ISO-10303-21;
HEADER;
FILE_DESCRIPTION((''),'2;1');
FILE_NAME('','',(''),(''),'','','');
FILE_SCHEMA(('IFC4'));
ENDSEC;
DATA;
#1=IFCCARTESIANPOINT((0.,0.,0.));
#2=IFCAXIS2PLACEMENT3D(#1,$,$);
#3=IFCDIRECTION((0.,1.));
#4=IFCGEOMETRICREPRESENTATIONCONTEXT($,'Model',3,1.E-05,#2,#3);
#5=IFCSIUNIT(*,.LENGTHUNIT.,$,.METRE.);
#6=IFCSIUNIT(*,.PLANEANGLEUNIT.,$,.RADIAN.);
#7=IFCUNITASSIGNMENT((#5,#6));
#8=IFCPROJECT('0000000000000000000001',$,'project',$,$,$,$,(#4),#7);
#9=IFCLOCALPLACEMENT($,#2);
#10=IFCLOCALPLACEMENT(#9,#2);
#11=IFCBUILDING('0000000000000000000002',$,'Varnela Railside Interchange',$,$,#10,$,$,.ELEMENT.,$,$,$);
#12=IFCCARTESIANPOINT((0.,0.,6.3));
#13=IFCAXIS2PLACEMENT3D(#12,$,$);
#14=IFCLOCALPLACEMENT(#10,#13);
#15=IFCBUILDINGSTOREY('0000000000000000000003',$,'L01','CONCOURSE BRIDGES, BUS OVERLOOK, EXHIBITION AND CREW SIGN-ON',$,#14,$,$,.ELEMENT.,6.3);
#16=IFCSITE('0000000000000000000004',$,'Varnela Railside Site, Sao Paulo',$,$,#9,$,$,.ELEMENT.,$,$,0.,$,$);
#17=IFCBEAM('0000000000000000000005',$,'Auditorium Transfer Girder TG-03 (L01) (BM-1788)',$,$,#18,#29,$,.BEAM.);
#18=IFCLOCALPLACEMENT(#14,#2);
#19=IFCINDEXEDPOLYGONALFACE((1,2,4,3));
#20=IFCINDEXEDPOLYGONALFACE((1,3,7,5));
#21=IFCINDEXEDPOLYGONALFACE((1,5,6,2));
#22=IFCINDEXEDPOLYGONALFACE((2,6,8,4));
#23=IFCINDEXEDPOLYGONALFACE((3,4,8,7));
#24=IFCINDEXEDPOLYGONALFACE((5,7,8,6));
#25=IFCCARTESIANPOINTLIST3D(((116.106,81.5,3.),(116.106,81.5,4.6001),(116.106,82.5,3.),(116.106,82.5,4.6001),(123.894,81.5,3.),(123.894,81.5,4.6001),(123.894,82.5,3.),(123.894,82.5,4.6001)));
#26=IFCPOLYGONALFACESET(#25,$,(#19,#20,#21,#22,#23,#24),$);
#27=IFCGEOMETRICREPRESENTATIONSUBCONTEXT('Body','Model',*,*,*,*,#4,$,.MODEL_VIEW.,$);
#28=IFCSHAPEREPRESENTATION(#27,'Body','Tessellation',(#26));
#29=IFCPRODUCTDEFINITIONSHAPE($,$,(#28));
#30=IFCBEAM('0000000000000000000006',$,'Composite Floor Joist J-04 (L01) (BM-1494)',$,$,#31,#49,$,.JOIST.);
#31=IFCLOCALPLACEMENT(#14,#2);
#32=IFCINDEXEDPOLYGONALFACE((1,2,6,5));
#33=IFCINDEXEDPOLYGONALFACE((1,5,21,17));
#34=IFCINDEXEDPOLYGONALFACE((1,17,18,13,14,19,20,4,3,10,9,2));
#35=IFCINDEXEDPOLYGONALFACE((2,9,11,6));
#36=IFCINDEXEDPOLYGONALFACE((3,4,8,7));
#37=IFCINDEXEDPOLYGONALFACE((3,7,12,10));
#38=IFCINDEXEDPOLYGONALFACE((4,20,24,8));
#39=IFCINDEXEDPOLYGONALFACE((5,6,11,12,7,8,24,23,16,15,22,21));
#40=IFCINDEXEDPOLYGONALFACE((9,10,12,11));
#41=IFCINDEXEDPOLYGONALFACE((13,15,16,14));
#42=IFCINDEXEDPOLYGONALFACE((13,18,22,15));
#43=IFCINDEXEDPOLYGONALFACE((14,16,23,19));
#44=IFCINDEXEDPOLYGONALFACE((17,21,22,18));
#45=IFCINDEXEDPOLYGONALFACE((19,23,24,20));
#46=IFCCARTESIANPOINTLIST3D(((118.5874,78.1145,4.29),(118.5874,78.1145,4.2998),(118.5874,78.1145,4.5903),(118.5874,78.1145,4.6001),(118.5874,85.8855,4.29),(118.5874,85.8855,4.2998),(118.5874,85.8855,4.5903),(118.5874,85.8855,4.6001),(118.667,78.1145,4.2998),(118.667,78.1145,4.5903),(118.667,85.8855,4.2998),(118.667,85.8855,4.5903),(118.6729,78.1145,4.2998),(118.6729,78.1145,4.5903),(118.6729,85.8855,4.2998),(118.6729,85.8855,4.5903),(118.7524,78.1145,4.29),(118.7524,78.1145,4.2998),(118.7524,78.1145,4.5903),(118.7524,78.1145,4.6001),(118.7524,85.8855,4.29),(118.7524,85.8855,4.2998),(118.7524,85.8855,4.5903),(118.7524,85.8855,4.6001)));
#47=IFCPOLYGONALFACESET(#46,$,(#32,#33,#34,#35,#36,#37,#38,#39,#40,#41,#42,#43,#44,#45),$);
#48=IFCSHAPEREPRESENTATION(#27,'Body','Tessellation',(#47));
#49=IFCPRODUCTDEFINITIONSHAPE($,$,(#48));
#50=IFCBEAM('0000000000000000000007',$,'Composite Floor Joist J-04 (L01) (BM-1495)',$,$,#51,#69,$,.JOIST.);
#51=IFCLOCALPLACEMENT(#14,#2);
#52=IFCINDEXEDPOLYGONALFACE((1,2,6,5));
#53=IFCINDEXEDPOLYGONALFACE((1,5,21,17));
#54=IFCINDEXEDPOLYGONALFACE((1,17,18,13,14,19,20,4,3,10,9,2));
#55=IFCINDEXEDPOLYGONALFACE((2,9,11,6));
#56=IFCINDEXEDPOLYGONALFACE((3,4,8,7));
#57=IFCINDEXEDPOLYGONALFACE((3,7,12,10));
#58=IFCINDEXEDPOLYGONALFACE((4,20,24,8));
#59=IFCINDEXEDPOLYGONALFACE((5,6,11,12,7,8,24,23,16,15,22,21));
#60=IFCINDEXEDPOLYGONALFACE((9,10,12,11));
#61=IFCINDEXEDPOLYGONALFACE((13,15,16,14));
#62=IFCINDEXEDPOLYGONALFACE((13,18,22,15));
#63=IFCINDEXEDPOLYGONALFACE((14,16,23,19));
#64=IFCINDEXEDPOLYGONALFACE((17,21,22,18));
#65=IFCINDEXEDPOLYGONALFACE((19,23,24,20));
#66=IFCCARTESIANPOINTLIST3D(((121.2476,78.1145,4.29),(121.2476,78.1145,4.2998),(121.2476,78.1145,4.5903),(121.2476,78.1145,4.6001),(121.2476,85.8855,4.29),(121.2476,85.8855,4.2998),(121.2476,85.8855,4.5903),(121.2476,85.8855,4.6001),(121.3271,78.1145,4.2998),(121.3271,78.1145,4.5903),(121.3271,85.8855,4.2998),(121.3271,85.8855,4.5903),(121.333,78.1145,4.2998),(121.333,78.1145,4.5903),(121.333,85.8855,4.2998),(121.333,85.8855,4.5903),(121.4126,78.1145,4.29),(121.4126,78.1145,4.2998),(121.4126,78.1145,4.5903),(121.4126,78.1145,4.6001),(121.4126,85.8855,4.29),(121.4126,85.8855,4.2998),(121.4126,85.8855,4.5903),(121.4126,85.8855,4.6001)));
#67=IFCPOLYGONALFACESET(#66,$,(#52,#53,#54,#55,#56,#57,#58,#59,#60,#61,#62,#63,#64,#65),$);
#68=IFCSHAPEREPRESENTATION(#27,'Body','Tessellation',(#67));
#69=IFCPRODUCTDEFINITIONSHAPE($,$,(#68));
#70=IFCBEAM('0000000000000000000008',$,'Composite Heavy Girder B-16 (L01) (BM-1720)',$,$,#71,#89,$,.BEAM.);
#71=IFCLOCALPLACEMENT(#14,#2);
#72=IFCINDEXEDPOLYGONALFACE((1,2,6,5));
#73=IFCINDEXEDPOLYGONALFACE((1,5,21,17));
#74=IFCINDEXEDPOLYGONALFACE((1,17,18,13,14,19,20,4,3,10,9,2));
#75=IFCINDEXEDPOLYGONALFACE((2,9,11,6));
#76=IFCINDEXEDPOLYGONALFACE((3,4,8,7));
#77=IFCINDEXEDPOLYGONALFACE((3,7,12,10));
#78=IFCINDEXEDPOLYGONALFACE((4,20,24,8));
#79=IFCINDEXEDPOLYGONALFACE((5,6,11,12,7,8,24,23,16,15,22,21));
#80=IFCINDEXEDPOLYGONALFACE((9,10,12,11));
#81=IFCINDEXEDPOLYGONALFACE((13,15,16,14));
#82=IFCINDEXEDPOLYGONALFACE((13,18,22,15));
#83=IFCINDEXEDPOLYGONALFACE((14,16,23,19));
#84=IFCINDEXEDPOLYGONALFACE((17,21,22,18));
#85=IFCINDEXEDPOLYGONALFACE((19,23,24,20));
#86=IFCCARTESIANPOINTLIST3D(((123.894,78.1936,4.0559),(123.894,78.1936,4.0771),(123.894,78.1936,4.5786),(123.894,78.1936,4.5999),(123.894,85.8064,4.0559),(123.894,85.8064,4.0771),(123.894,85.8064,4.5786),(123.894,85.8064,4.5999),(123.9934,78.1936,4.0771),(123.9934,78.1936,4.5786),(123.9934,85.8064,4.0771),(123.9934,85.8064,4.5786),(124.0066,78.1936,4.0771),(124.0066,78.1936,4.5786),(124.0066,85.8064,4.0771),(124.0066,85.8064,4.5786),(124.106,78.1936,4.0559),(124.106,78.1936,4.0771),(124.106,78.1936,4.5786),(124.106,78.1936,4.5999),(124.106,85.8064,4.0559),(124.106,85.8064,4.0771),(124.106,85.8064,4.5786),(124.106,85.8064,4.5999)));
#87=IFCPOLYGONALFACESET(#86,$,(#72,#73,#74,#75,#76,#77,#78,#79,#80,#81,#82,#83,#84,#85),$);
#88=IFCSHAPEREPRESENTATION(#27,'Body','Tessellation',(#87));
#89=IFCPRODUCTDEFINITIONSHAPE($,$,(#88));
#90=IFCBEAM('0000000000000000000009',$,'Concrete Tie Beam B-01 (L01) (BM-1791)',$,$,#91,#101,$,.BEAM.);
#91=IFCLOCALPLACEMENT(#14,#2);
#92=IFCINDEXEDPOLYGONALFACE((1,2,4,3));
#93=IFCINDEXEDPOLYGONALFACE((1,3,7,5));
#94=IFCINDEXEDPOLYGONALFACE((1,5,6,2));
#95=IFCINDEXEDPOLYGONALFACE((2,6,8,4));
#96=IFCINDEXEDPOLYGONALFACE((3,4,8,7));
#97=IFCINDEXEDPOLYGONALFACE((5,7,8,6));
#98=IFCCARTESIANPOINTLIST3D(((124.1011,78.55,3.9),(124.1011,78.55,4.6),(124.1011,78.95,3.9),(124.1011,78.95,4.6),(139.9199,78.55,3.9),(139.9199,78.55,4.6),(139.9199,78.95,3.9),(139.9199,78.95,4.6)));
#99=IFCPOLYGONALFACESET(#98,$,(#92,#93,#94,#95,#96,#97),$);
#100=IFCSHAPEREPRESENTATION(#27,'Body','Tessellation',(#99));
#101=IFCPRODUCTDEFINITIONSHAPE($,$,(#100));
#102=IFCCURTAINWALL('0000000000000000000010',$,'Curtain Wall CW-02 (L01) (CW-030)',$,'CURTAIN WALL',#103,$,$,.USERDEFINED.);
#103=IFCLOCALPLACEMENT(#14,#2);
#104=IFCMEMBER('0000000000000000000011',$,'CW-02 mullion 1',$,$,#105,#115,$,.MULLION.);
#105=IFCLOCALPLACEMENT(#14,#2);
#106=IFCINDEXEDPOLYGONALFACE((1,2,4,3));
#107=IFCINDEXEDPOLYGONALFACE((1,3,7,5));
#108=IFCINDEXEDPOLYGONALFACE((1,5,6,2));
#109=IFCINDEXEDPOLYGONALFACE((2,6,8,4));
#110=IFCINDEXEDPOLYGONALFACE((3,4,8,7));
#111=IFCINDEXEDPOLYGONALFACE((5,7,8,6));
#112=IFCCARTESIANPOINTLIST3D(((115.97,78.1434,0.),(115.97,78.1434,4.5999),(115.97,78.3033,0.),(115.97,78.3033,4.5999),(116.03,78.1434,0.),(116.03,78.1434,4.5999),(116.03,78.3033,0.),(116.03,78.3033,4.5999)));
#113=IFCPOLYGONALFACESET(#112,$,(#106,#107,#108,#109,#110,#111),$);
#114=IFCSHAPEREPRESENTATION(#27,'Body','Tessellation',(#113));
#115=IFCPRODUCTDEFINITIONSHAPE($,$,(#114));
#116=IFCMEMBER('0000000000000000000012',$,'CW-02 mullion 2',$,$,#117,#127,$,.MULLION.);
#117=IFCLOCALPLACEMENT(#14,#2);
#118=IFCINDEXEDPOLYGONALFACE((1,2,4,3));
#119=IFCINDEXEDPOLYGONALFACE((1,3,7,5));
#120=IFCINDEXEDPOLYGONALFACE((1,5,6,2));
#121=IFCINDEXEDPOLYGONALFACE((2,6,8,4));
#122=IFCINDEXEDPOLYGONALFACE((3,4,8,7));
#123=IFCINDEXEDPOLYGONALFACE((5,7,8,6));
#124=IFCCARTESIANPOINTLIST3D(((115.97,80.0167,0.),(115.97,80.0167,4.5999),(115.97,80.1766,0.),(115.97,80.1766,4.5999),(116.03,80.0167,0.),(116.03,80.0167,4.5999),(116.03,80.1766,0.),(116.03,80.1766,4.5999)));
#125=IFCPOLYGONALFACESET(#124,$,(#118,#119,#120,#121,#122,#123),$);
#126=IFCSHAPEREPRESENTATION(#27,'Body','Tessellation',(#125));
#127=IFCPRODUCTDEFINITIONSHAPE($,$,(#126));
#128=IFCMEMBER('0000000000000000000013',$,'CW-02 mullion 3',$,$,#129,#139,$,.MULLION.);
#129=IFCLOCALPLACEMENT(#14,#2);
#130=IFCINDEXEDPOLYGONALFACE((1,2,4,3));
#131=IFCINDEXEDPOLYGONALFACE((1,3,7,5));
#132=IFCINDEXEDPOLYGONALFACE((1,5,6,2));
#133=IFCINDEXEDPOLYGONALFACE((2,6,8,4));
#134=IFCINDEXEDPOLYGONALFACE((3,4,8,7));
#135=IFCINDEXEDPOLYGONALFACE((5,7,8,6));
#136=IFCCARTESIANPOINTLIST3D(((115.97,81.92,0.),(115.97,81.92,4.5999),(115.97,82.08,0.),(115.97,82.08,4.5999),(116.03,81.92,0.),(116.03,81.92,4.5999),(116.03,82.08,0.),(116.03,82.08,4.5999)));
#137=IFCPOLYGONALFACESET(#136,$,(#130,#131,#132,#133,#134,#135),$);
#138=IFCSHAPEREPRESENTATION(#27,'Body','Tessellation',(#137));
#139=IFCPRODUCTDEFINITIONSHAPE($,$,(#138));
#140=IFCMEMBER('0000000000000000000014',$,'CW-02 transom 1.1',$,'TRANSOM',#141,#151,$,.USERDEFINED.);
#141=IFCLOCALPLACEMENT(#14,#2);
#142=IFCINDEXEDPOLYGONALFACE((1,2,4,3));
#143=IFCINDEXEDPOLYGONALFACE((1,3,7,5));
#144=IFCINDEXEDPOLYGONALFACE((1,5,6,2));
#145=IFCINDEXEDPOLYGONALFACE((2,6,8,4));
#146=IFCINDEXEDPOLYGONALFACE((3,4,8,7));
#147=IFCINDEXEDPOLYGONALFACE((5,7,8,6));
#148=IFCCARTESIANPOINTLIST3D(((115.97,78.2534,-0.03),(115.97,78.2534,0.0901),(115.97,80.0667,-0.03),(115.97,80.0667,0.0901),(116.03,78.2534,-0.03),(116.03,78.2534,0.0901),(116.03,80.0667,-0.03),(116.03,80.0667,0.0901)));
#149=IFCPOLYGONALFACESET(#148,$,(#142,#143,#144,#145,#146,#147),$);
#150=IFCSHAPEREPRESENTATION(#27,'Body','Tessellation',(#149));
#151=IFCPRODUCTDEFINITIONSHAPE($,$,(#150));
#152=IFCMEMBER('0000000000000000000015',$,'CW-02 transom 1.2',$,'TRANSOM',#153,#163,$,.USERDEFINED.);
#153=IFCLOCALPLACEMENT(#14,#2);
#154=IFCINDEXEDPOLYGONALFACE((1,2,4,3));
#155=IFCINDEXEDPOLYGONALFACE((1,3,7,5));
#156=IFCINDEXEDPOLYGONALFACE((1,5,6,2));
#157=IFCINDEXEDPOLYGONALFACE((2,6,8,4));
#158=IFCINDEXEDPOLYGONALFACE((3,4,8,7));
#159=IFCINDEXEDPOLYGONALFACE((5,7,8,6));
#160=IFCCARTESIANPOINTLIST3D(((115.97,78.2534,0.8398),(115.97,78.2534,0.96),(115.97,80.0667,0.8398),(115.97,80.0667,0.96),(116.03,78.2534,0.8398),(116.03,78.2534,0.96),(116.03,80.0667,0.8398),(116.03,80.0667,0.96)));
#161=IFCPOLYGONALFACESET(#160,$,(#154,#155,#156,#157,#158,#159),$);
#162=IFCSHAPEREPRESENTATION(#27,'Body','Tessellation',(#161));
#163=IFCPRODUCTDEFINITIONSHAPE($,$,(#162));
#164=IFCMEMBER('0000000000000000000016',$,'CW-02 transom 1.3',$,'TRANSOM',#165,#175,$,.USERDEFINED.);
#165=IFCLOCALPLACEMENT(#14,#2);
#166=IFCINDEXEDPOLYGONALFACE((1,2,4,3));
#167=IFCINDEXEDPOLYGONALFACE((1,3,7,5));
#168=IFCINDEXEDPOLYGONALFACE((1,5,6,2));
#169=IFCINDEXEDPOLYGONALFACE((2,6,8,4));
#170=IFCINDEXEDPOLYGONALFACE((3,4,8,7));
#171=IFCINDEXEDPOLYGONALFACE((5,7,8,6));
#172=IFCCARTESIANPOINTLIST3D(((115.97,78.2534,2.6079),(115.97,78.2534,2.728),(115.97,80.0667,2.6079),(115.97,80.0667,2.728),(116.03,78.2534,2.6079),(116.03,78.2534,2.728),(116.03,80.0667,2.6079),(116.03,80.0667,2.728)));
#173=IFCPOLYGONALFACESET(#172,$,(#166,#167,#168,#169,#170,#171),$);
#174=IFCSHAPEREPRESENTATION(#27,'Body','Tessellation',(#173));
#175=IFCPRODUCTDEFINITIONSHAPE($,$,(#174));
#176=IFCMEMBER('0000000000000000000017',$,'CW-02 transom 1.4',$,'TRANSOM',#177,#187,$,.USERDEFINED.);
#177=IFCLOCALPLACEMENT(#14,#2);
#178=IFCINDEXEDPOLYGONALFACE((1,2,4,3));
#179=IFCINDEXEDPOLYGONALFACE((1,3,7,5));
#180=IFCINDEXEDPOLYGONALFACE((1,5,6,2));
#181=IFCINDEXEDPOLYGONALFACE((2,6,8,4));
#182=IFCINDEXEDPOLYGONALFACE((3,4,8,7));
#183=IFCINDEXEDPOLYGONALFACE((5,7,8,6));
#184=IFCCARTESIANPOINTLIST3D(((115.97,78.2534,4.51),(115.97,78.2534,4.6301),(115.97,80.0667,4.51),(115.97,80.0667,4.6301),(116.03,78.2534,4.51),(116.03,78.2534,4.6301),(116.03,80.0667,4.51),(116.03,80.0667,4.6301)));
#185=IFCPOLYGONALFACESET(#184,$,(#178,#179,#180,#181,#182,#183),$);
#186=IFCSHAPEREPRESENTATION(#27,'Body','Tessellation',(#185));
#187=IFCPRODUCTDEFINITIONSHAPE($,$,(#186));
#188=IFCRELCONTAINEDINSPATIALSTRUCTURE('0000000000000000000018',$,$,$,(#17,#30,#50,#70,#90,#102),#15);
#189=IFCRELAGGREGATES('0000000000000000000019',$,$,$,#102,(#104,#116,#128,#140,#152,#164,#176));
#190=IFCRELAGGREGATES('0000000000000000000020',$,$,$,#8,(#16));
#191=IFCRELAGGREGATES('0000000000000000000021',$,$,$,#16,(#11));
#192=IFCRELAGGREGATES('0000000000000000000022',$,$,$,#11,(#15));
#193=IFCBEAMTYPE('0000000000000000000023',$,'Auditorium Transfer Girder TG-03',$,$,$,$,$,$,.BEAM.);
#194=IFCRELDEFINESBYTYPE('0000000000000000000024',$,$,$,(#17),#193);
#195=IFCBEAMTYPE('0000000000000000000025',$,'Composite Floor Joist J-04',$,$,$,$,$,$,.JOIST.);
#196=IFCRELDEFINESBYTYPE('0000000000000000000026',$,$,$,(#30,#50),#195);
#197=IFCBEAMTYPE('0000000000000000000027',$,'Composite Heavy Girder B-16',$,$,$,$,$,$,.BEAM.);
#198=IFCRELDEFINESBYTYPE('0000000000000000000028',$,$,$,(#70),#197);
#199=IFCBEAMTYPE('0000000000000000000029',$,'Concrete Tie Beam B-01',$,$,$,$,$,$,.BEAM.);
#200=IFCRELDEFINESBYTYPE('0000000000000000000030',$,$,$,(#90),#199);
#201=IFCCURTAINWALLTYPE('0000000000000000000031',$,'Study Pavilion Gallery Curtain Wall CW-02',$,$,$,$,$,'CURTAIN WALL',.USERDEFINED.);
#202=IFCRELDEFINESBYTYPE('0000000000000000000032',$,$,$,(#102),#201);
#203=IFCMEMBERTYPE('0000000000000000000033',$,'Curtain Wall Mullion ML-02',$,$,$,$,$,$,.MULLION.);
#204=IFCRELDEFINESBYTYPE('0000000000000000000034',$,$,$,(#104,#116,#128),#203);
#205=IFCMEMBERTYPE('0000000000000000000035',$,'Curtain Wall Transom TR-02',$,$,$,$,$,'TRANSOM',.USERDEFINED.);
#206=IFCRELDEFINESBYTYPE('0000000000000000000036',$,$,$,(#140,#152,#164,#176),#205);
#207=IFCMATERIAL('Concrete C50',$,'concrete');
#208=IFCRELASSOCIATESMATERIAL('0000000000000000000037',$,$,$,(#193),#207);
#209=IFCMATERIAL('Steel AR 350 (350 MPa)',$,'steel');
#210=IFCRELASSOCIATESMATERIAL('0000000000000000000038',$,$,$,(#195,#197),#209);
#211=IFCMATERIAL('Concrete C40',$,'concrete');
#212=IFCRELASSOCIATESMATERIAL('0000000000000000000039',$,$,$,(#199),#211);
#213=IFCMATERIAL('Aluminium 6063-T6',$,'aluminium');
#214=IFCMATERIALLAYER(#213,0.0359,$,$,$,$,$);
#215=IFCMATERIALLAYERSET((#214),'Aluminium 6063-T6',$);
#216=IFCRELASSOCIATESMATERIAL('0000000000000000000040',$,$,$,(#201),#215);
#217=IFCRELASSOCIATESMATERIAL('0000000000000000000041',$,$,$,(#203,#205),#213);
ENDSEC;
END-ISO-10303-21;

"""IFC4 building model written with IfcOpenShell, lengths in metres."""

from ifc_helpers import new_model, si_unit, direction, frame, origin, origin_2d, place, context, subcontext, project, spatial, rectangle, i_section, extrude, material, layer, layer_set, material_profile, profile_set, type_object, element, aggregate, save


model = new_model("IFC4")

# Units and contexts
model_context = context("Model", 3, precision=1e-05, world=origin(), true_north=direction((0.0, 1.0)))
body_context = subcontext(model_context, "Body", "Model", "MODEL_VIEW")
ifc_project = project(units=[si_unit("LENGTHUNIT", "METRE"), si_unit("PLANEANGLEUNIT", "RADIAN")], contexts=[model_context])

# Site, building, storey
site_placement = place(None, origin())
site = spatial("IfcSite", under=ifc_project, at=site_placement, Name="Varnela Railside Site, Sao Paulo", CompositionType="ELEMENT", RefElevation=0.0)
building_placement = place(site_placement, origin())
building = spatial("IfcBuilding", under=site, at=building_placement, Name="Varnela Railside Interchange", CompositionType="ELEMENT")
storey_placement = place(building_placement, frame((0.0, 0.0, 6.3)))
storey = spatial("IfcBuildingStorey", under=building, at=storey_placement, Name="L01", Description="CONCOURSE BRIDGES, BUS OVERLOOK, EXHIBITION AND CREW SIGN-ON", CompositionType="ELEMENT", Elevation=6.3)

# Beams
ifc_material_1 = material(Name="Concrete C50", Category="concrete")
ifc_material_profile_1 = material_profile(ifc_material_1, rectangle(XDim=1.0, YDim=1.6001, at=origin_2d()), Name="RC 1000x1600")
ifc_profile_set_1 = profile_set([ifc_material_profile_1], Name="Concrete C50")
beam_type_1 = type_object("IfcBeamType", Name="Auditorium Transfer Girder TG-03", PredefinedType="BEAM", material=ifc_profile_set_1)
beam_1_placement = place(storey_placement, frame((116.106, 82.0, 3.8), z_axis=(1.0, 0.0, 0.0), x_axis=(0.0, 1.0, 0.0)))
element("IfcBeam", 1, at=beam_1_placement, inside=storey, type_object=beam_type_1, Name="Auditorium Transfer Girder TG-03 (L01) (BM-1788)", PredefinedType="BEAM", context=body_context, shape_type="SweptSolid", body=[
    extrude(rectangle(XDim=1.0, YDim=1.6001, at=origin_2d()), origin(), (0.0, 0.0, 1.0), 7.7881),
])
ifc_material_2 = material(Name="Steel AR 350 (350 MPa)", Category="steel")
ifc_material_profile_2 = material_profile(ifc_material_2, i_section(OverallWidth=0.165, OverallDepth=0.3101, WebThickness=0.0059, FlangeThickness=0.0098, at=origin_2d()), Name="W310x38.7")
ifc_profile_set_2 = profile_set([ifc_material_profile_2], Name="Steel AR 350 (350 MPa)")
beam_type_2 = type_object("IfcBeamType", Name="Composite Floor Joist J-04", PredefinedType="JOIST", material=ifc_profile_set_2)
for number, where, z_axis, x_axis, name in (
    (2, (118.6699, 78.1145, 4.4451), (0.0, 1.0, 0.0), (-1.0, 0.0, 0.0), "Composite Floor Joist J-04 (L01) (BM-1494)"),
    (3, (121.3301, 78.1145, 4.4451), (0.0, 1.0, 0.0), (-1.0, 0.0, 0.0), "Composite Floor Joist J-04 (L01) (BM-1495)"),
):
    element("IfcBeam", number, at=place(storey_placement, frame(where, z_axis=z_axis, x_axis=x_axis)), inside=storey, type_object=beam_type_2, Name=name, PredefinedType="JOIST", context=body_context, shape_type="SweptSolid", body=[
        extrude(i_section(OverallWidth=0.165, OverallDepth=0.3101, WebThickness=0.0059, FlangeThickness=0.0098, at=origin_2d()), origin(), (0.0, 0.0, 1.0), 7.771),
    ])
ifc_material_profile_3 = material_profile(ifc_material_2, i_section(OverallWidth=0.2119, OverallDepth=0.5439, WebThickness=0.0132, FlangeThickness=0.0212, at=origin_2d()), Name="W530x123")
ifc_profile_set_3 = profile_set([ifc_material_profile_3], Name="Steel AR 350 (350 MPa)")
beam_type_3 = type_object("IfcBeamType", Name="Composite Heavy Girder B-16", PredefinedType="BEAM", material=ifc_profile_set_3)
beam_2_placement = place(storey_placement, frame((124.0, 78.1936, 4.3279), z_axis=(0.0, 1.0, 0.0), x_axis=(-1.0, 0.0, 0.0)))
element("IfcBeam", 4, at=beam_2_placement, inside=storey, type_object=beam_type_3, Name="Composite Heavy Girder B-16 (L01) (BM-1720)", PredefinedType="BEAM", context=body_context, shape_type="SweptSolid", body=[
    extrude(i_section(OverallWidth=0.2119, OverallDepth=0.5439, WebThickness=0.0132, FlangeThickness=0.0212, at=origin_2d()), origin(), (0.0, 0.0, 1.0), 7.6128),
])
ifc_material_3 = material(Name="Concrete C40", Category="concrete")
ifc_material_profile_4 = material_profile(ifc_material_3, rectangle(XDim=0.3999, YDim=0.7, at=origin_2d()), Name="RC 400x700")
ifc_profile_set_4 = profile_set([ifc_material_profile_4], Name="Concrete C40")
beam_type_4 = type_object("IfcBeamType", Name="Concrete Tie Beam B-01", PredefinedType="BEAM", material=ifc_profile_set_4)
beam_3_placement = place(storey_placement, frame((124.1011, 78.75, 4.25), z_axis=(1.0, 0.0, 0.0), x_axis=(0.0, 1.0, 0.0)))
element("IfcBeam", 5, at=beam_3_placement, inside=storey, type_object=beam_type_4, Name="Concrete Tie Beam B-01 (L01) (BM-1791)", PredefinedType="BEAM", context=body_context, shape_type="SweptSolid", body=[
    extrude(rectangle(XDim=0.3999, YDim=0.7, at=origin_2d()), origin(), (0.0, 0.0, 1.0), 15.8188),
])

# Curtain wall, members
ifc_material_4 = material(Name="Aluminium 6063-T6", Category="aluminium")
ifc_layer_1 = layer(ifc_material_4, 0.0359)
ifc_layer_set_1 = layer_set([ifc_layer_1], Name="Aluminium 6063-T6")
curtain_wall_type = type_object("IfcCurtainWallType", Name="Study Pavilion Gallery Curtain Wall CW-02", ElementType="CURTAIN WALL", PredefinedType="USERDEFINED", material=ifc_layer_set_1)
curtain_wall_placement = place(storey_placement, origin())
curtain_wall = element("IfcCurtainWall", 6, at=curtain_wall_placement, inside=storey, type_object=curtain_wall_type, Name="Curtain Wall CW-02 (L01) (CW-030)", ObjectType="CURTAIN WALL", PredefinedType="USERDEFINED")
ifc_material_profile_5 = material_profile(ifc_material_4, rectangle(XDim=0.0601, YDim=0.1599, at=origin_2d()), Name="ALU 60x160")
ifc_profile_set_5 = profile_set([ifc_material_profile_5], Name="Aluminium 6063-T6")
member_type_1 = type_object("IfcMemberType", Name="Curtain Wall Mullion ML-02", PredefinedType="MULLION", material=ifc_profile_set_5)
member_1_placement = place(storey_placement, frame((116.0, 78.2234, 0.0), z_axis=(0.0, 0.0, 1.0), x_axis=(-1.0, 0.0, 0.0)))
member_1 = element("IfcMember", 7, at=member_1_placement, type_object=member_type_1, Name="CW-02 mullion 1", PredefinedType="MULLION", context=body_context, shape_type="SweptSolid", body=[
    extrude(rectangle(XDim=0.0601, YDim=0.1599, at=origin_2d()), origin(), (0.0, 0.0, 1.0), 4.5999),
])
member_2_placement = place(storey_placement, frame((116.0, 80.0967, 0.0), z_axis=(0.0, 0.0, 1.0), x_axis=(-1.0, 0.0, 0.0)))
member_2 = element("IfcMember", 8, at=member_2_placement, type_object=member_type_1, Name="CW-02 mullion 2", PredefinedType="MULLION", context=body_context, shape_type="SweptSolid", body=[
    extrude(rectangle(XDim=0.0601, YDim=0.1599, at=origin_2d()), origin(), (0.0, 0.0, 1.0), 4.5999),
])
member_3_placement = place(storey_placement, frame((116.0, 82.0, 0.0), z_axis=(0.0, 0.0, 1.0), x_axis=(-1.0, 0.0, 0.0)))
member_3 = element("IfcMember", 9, at=member_3_placement, type_object=member_type_1, Name="CW-02 mullion 3", PredefinedType="MULLION", context=body_context, shape_type="SweptSolid", body=[
    extrude(rectangle(XDim=0.0601, YDim=0.1599, at=origin_2d()), origin(), (0.0, 0.0, 1.0), 4.5999),
])
ifc_material_profile_6 = material_profile(ifc_material_4, rectangle(XDim=0.0601, YDim=0.1201, at=origin_2d()), Name="ALU 60x120")
ifc_profile_set_6 = profile_set([ifc_material_profile_6], Name="Aluminium 6063-T6")
member_type_2 = type_object("IfcMemberType", Name="Curtain Wall Transom TR-02", ElementType="TRANSOM", PredefinedType="USERDEFINED", material=ifc_profile_set_6)
member_4_placement = place(storey_placement, frame((116.0, 78.2534, 0.03), z_axis=(0.0, 1.0, 0.0), x_axis=(-1.0, 0.0, 0.0)))
member_4 = element("IfcMember", 10, at=member_4_placement, type_object=member_type_2, Name="CW-02 transom 1.1", ObjectType="TRANSOM", PredefinedType="USERDEFINED", context=body_context, shape_type="SweptSolid", body=[
    extrude(rectangle(XDim=0.0601, YDim=0.1201, at=origin_2d()), origin(), (0.0, 0.0, 1.0), 1.8132),
])
member_5_placement = place(storey_placement, frame((116.0, 78.2534, 0.8999), z_axis=(0.0, 1.0, 0.0), x_axis=(-1.0, 0.0, 0.0)))
member_5 = element("IfcMember", 11, at=member_5_placement, type_object=member_type_2, Name="CW-02 transom 1.2", ObjectType="TRANSOM", PredefinedType="USERDEFINED", context=body_context, shape_type="SweptSolid", body=[
    extrude(rectangle(XDim=0.0601, YDim=0.1201, at=origin_2d()), origin(), (0.0, 0.0, 1.0), 1.8132),
])
member_6_placement = place(storey_placement, frame((116.0, 78.2534, 2.668), z_axis=(0.0, 1.0, 0.0), x_axis=(-1.0, 0.0, 0.0)))
member_6 = element("IfcMember", 12, at=member_6_placement, type_object=member_type_2, Name="CW-02 transom 1.3", ObjectType="TRANSOM", PredefinedType="USERDEFINED", context=body_context, shape_type="SweptSolid", body=[
    extrude(rectangle(XDim=0.0601, YDim=0.1201, at=origin_2d()), origin(), (0.0, 0.0, 1.0), 1.8132),
])
member_7_placement = place(storey_placement, frame((116.0, 78.2534, 4.5701), z_axis=(0.0, 1.0, 0.0), x_axis=(-1.0, 0.0, 0.0)))
member_7 = element("IfcMember", 13, at=member_7_placement, type_object=member_type_2, Name="CW-02 transom 1.4", ObjectType="TRANSOM", PredefinedType="USERDEFINED", context=body_context, shape_type="SweptSolid", body=[
    extrude(rectangle(XDim=0.0601, YDim=0.1201, at=origin_2d()), origin(), (0.0, 0.0, 1.0), 1.8132),
])

aggregate(curtain_wall, [member_1, member_2, member_3, member_4, member_5, member_6, member_7])

save(model, "model.ifc")
